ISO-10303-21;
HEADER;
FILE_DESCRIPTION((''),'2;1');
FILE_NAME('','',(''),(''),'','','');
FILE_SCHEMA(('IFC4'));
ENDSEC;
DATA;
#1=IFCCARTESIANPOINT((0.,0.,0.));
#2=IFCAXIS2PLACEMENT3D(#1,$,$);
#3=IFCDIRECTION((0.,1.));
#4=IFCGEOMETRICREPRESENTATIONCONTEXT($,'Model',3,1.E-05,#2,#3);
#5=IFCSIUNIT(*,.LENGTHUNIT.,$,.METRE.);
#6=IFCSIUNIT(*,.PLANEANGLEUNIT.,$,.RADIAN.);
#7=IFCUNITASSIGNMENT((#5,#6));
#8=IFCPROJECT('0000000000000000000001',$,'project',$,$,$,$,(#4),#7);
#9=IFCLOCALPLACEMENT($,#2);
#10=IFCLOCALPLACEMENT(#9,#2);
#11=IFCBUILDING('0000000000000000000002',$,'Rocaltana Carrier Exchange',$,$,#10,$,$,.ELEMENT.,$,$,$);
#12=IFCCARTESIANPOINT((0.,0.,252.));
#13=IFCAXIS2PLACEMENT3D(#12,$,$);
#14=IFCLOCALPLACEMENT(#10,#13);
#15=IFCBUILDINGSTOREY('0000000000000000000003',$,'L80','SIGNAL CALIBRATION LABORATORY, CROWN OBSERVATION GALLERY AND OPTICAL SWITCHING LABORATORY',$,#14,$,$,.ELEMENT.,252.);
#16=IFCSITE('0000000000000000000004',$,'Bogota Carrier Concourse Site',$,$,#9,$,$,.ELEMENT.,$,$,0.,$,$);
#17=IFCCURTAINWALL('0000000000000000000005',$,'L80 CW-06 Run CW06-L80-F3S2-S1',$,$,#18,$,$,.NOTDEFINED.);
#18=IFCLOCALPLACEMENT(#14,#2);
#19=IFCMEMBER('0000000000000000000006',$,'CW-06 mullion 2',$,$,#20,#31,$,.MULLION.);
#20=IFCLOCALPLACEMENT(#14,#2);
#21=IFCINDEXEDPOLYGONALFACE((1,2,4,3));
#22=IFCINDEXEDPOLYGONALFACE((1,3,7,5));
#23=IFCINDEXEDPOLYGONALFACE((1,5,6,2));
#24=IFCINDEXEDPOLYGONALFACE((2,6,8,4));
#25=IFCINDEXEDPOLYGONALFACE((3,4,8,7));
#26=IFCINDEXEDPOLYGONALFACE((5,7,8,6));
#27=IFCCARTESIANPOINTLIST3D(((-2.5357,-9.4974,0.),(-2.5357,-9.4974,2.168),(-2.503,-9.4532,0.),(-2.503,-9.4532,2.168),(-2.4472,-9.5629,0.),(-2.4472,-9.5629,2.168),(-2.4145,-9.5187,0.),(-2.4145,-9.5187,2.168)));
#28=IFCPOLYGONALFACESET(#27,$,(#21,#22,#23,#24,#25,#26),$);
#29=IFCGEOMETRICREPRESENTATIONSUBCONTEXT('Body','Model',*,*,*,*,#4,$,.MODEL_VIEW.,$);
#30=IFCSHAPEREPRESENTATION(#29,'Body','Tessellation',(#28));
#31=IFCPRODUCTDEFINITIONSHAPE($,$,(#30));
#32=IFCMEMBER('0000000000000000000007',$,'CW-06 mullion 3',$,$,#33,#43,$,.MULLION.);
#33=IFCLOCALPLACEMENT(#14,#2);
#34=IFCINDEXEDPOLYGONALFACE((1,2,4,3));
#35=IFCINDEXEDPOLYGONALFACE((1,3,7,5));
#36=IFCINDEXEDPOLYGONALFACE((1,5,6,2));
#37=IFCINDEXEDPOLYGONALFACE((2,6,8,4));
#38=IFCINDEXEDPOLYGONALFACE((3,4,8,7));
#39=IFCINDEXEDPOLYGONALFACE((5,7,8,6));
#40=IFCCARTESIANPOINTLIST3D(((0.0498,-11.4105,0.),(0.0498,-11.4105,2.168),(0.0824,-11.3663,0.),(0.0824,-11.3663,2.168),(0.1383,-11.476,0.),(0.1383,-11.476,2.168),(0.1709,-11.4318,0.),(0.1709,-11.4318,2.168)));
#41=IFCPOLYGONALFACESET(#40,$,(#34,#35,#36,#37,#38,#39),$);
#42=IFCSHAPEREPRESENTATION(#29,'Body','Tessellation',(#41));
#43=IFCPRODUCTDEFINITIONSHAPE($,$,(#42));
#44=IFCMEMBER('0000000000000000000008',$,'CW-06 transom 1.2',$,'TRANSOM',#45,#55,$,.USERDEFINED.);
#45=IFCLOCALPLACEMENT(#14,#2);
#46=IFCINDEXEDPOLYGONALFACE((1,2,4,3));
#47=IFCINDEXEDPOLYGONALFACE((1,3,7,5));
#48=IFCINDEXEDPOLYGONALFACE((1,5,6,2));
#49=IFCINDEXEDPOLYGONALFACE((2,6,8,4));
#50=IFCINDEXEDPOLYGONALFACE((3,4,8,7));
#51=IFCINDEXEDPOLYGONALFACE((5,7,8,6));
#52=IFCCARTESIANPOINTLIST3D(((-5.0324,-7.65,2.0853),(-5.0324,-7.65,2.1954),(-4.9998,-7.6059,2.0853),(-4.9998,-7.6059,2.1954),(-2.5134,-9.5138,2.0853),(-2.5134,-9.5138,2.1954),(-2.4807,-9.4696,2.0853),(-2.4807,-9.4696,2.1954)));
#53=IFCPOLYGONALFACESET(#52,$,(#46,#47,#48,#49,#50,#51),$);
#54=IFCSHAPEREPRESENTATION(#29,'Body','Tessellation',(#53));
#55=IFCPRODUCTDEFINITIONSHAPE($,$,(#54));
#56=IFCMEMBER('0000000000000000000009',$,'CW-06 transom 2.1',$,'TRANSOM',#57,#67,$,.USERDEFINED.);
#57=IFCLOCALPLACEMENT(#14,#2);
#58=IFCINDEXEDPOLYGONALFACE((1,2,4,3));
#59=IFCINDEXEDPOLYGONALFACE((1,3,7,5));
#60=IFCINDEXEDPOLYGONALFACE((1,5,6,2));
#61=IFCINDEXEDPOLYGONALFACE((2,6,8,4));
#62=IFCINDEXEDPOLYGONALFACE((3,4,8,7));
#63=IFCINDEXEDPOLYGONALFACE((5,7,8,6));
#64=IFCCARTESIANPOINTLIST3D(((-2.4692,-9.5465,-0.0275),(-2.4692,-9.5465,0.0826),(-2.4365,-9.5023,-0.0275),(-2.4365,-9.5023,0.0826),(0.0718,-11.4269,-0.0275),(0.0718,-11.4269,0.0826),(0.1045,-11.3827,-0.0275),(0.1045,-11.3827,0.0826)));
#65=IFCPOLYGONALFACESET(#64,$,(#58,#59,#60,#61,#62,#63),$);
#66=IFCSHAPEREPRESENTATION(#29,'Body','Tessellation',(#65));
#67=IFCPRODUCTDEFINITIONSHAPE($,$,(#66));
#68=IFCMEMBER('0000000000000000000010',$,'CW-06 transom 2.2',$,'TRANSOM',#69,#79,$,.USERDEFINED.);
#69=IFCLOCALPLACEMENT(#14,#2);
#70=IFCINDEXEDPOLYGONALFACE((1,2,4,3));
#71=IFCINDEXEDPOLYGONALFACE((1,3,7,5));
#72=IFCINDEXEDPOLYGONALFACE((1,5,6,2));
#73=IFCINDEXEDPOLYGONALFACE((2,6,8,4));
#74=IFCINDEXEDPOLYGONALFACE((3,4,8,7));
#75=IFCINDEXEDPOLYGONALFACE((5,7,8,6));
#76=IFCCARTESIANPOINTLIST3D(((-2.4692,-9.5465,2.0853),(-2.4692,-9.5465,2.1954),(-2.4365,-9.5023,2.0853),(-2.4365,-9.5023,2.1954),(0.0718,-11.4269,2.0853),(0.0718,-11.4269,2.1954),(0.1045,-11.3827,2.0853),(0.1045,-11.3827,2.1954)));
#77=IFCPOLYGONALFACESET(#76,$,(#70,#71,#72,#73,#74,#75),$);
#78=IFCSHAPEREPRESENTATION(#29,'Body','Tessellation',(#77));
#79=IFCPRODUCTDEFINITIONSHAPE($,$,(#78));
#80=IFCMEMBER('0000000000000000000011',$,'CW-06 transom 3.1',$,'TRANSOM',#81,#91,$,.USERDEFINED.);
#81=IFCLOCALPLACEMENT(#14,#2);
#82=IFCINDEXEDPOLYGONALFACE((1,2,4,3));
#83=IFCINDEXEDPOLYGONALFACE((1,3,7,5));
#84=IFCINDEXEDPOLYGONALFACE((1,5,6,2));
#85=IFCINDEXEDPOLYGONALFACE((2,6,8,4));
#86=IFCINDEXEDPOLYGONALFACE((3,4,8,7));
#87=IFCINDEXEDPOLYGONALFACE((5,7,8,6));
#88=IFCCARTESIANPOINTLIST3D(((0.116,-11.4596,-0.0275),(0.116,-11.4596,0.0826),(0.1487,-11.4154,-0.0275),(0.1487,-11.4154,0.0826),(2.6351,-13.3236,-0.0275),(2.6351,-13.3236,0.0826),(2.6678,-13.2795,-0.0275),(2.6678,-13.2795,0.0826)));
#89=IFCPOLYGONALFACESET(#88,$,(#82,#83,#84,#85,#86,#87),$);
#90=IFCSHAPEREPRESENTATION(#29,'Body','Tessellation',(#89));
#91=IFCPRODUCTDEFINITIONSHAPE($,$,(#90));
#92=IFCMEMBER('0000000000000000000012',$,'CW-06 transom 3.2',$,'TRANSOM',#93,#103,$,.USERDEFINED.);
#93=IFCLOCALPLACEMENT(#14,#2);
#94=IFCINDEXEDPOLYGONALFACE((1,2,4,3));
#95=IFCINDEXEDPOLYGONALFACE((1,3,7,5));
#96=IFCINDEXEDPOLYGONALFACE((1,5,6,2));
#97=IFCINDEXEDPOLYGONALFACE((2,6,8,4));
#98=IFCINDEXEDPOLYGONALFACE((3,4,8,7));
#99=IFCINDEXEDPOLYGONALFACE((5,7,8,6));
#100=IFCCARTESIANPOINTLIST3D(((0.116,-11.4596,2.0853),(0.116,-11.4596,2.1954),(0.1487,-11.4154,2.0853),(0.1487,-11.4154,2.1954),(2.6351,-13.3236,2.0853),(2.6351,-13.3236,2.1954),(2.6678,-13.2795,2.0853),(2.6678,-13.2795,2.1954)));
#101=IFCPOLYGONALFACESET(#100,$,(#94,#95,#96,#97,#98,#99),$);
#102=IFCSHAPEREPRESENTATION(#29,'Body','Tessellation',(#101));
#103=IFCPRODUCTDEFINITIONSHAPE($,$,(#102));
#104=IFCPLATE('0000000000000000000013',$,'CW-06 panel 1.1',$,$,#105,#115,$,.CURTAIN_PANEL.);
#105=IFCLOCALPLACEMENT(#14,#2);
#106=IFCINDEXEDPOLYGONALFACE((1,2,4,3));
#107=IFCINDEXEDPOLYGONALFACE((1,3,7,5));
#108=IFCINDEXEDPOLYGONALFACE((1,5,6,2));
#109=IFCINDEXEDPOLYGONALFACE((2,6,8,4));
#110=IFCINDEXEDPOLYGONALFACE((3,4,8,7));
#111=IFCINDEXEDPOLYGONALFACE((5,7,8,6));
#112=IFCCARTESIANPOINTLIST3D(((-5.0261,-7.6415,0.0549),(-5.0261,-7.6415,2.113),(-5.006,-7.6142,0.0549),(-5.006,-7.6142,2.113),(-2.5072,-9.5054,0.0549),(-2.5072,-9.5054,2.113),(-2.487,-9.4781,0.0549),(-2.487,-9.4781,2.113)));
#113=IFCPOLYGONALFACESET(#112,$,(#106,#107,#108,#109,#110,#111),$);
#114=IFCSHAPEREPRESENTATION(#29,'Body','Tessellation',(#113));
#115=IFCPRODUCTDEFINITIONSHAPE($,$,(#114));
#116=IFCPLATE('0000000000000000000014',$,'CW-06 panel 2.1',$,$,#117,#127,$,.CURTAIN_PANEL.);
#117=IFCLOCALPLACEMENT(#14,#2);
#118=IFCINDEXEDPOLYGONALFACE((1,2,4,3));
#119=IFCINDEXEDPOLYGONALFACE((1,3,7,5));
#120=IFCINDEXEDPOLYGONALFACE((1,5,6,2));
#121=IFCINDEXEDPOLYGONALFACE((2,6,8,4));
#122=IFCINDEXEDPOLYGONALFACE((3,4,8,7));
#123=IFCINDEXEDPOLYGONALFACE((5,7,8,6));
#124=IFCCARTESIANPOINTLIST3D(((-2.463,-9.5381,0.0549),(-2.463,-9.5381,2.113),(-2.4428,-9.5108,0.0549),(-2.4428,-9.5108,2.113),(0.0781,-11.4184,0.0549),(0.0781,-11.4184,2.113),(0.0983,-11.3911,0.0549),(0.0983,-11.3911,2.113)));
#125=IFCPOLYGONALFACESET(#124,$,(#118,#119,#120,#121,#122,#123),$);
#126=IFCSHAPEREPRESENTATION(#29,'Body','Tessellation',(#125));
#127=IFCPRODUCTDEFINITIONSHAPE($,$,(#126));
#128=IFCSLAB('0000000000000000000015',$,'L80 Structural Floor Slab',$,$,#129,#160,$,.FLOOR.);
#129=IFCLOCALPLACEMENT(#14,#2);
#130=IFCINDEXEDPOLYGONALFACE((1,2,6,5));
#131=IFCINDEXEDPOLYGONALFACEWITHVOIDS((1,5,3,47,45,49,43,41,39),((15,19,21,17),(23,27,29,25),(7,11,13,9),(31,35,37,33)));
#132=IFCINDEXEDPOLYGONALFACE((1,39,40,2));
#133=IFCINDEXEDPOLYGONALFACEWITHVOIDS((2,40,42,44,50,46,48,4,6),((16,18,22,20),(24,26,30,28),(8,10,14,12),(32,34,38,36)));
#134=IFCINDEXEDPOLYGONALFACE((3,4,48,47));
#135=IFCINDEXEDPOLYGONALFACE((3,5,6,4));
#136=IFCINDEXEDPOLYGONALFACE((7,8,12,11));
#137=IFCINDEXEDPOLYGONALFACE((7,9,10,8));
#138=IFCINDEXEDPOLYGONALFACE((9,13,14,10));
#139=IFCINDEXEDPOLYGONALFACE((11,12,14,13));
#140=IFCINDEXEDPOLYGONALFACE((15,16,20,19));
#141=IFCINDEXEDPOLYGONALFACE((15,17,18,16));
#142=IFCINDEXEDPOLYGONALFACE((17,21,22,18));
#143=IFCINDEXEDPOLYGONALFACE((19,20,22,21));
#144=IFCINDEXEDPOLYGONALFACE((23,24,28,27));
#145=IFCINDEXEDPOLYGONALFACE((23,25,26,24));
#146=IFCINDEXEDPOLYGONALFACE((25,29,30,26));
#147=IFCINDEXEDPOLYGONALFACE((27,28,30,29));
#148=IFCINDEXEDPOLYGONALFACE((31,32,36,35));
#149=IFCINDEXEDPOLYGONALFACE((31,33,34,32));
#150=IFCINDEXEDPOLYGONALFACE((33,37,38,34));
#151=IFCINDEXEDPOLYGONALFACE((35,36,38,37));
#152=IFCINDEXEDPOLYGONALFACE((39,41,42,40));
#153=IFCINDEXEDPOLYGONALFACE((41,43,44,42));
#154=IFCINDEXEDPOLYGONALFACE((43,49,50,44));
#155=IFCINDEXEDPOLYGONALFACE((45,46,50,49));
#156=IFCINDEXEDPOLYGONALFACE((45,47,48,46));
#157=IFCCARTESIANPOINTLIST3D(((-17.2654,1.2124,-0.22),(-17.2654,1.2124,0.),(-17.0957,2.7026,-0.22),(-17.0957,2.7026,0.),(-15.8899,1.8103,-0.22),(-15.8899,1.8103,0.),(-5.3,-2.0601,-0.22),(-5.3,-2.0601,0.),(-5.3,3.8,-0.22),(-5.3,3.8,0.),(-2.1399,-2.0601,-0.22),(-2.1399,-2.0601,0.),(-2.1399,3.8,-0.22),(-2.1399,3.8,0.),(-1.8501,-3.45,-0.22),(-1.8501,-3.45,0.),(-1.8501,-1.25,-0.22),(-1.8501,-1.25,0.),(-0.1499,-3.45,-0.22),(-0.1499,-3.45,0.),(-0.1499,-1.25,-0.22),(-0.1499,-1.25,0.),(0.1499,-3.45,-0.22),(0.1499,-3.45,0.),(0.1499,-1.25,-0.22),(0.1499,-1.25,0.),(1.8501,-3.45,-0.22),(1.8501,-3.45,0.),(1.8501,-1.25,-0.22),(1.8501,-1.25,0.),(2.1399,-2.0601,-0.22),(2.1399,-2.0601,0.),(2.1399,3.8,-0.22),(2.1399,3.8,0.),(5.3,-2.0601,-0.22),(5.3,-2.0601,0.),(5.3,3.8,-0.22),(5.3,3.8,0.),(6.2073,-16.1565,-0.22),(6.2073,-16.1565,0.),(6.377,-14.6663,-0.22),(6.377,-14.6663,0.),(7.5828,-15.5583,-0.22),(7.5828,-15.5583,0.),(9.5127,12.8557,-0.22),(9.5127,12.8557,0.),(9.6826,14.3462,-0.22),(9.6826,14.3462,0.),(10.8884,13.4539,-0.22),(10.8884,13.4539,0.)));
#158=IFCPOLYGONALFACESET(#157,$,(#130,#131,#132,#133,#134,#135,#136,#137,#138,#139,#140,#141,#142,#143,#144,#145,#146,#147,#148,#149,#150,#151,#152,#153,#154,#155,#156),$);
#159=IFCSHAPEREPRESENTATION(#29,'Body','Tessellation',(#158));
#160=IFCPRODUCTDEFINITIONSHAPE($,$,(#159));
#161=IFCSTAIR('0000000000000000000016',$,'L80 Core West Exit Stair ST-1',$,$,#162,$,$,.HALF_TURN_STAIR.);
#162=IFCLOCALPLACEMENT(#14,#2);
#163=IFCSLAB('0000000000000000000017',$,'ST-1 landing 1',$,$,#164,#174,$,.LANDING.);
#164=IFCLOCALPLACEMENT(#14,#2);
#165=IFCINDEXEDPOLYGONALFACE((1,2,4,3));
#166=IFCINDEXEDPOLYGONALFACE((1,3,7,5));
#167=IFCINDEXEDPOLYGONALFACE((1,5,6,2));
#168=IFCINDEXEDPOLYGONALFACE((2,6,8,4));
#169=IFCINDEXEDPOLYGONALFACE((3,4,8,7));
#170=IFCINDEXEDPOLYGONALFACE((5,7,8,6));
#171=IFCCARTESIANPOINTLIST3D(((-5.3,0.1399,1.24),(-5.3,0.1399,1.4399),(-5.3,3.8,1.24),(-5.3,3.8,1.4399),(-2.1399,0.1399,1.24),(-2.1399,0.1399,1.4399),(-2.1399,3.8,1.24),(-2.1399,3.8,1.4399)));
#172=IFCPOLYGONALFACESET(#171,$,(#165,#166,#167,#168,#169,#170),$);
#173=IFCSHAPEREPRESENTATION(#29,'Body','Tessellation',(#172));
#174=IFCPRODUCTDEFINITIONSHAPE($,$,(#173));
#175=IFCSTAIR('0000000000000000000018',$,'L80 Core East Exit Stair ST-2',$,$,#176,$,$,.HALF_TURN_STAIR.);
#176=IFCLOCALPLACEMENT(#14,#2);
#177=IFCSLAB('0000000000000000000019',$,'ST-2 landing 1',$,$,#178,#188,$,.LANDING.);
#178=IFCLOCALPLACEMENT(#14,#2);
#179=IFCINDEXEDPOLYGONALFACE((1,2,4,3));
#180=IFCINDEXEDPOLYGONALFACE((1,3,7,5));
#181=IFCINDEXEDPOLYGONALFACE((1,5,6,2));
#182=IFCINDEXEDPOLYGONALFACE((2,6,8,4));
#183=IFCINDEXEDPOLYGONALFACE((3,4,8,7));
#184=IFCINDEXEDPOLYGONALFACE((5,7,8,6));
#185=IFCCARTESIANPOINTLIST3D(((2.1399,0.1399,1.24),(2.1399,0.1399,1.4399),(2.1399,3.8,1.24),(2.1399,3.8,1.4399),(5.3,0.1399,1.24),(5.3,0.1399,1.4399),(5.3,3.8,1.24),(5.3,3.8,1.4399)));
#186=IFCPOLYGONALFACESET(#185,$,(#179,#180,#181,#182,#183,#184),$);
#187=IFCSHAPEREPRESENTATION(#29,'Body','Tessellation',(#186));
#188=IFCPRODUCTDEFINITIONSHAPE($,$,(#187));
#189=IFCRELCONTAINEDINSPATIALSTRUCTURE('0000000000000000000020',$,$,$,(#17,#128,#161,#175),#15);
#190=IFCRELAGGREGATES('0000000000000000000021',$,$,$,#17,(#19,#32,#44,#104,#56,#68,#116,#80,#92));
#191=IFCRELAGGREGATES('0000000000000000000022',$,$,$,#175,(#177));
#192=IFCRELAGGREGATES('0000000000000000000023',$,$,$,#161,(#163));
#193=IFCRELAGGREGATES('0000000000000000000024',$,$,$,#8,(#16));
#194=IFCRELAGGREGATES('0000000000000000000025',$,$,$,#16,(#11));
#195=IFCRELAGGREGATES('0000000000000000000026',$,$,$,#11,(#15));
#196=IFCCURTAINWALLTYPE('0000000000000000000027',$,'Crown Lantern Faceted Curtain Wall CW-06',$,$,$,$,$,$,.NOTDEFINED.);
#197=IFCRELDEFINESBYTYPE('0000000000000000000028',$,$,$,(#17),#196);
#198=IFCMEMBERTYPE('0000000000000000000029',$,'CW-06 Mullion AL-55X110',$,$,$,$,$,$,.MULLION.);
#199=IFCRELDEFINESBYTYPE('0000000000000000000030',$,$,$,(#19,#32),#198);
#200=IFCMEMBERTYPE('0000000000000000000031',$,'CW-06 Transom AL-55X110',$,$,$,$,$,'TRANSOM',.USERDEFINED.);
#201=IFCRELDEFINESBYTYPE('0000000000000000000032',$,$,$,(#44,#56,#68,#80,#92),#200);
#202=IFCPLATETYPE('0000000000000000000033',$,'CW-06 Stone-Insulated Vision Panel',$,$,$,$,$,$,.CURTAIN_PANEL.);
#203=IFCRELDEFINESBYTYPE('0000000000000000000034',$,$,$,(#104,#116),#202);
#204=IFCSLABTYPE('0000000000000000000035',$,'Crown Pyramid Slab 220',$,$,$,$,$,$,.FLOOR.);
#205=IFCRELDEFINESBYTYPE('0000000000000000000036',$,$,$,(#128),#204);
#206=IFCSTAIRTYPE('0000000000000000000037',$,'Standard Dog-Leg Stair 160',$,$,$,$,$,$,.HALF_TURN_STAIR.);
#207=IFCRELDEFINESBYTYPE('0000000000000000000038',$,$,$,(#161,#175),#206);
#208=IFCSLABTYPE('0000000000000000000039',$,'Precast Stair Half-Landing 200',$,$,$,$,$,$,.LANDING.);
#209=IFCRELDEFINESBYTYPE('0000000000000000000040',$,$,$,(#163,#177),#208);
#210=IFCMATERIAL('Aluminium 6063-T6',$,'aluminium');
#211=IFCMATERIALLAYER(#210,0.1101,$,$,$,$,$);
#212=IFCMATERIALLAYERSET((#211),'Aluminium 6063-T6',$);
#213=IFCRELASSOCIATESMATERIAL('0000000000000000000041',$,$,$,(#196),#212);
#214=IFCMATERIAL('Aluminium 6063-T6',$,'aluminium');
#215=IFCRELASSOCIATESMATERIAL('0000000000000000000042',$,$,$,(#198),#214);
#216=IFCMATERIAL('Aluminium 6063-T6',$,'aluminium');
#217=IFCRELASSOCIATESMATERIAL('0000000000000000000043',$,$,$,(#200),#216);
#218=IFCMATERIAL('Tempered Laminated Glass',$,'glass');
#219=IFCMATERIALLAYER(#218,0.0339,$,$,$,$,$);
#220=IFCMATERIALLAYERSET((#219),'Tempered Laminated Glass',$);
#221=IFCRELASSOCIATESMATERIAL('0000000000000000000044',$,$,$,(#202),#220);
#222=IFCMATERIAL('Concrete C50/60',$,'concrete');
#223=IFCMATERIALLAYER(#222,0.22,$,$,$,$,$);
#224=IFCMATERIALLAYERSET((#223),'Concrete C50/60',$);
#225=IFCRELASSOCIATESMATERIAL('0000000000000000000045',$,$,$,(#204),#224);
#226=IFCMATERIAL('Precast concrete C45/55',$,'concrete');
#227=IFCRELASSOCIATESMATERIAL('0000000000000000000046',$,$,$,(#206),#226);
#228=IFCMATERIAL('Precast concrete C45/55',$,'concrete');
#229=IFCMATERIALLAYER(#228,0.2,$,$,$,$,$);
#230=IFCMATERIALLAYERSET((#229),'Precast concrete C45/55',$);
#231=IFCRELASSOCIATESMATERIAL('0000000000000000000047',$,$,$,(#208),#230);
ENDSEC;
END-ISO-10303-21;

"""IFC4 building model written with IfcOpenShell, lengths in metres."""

from ifc_helpers import new_model, si_unit, direction, frame, origin, origin_2d, place, context, subcontext, project, spatial, polyline, rectangle, outline, extrude, material, layer, layer_set, material_profile, profile_set, type_object, element, aggregate, save


model = new_model("IFC4")

# Units and contexts
model_context = context("Model", 3, precision=1e-05, world=origin(), true_north=direction((0.0, 1.0)))
body_context = subcontext(model_context, "Body", "Model", "MODEL_VIEW")
ifc_project = project(units=[si_unit("LENGTHUNIT", "METRE"), si_unit("PLANEANGLEUNIT", "RADIAN")], contexts=[model_context])

# Site, building, storey
site_placement = place(None, origin())
site = spatial("IfcSite", under=ifc_project, at=site_placement, Name="Bogota Carrier Concourse Site", CompositionType="ELEMENT", RefElevation=0.0)
building_placement = place(site_placement, origin())
building = spatial("IfcBuilding", under=site, at=building_placement, Name="Rocaltana Carrier Exchange", CompositionType="ELEMENT")
storey_placement = place(building_placement, frame((0.0, 0.0, 252.0)))
storey = spatial("IfcBuildingStorey", under=building, at=storey_placement, Name="L80", Description="SIGNAL CALIBRATION LABORATORY, CROWN OBSERVATION GALLERY AND OPTICAL SWITCHING LABORATORY", CompositionType="ELEMENT", Elevation=252.0)

# Curtain wall, members, plates
ifc_material_1 = material(Name="Aluminium 6063-T6", Category="aluminium")
ifc_layer_1 = layer(ifc_material_1, 0.1101)
ifc_layer_set_1 = layer_set([ifc_layer_1], Name="Aluminium 6063-T6")
curtain_wall_type = type_object("IfcCurtainWallType", Name="Crown Lantern Faceted Curtain Wall CW-06", PredefinedType="NOTDEFINED", material=ifc_layer_set_1)
curtain_wall_placement = place(storey_placement, origin())
curtain_wall = element("IfcCurtainWall", 1, at=curtain_wall_placement, inside=storey, type_object=curtain_wall_type, Name="L80 CW-06 Run CW06-L80-F3S2-S1", PredefinedType="NOTDEFINED")
ifc_material_2 = material(Name="Aluminium 6063-T6", Category="aluminium")
ifc_material_profile_1 = material_profile(ifc_material_2, rectangle(XDim=0.0549, YDim=0.1101, at=origin_2d()), Name="AL-55X110")
ifc_profile_set_1 = profile_set([ifc_material_profile_1], Name="Aluminium 6063-T6")
member_type_1 = type_object("IfcMemberType", Name="CW-06 Mullion AL-55X110", PredefinedType="MULLION", material=ifc_profile_set_1)
member_1_placement = place(storey_placement, frame((-2.4751, -9.5081, 0.0), z_axis=(0.0, 0.0, 1.0), x_axis=(0.594825, 0.803855, 0.0)))
member_1 = element("IfcMember", 2, at=member_1_placement, type_object=member_type_1, Name="CW-06 mullion 2", PredefinedType="MULLION", context=body_context, shape_type="SweptSolid", body=[
    extrude(rectangle(XDim=0.0549, YDim=0.1101, at=origin_2d()), origin(), (0.0, 0.0, 1.0), 2.168),
])
member_2_placement = place(storey_placement, frame((0.1104, -11.4211, 0.0), z_axis=(0.0, 0.0, 1.0), x_axis=(0.594825, 0.803855, 0.0)))
member_2 = element("IfcMember", 3, at=member_2_placement, type_object=member_type_1, Name="CW-06 mullion 3", PredefinedType="MULLION", context=body_context, shape_type="SweptSolid", body=[
    extrude(rectangle(XDim=0.0549, YDim=0.1101, at=origin_2d()), origin(), (0.0, 0.0, 1.0), 2.168),
])
ifc_material_3 = material(Name="Aluminium 6063-T6", Category="aluminium")
ifc_material_profile_2 = material_profile(ifc_material_3, rectangle(XDim=0.0549, YDim=0.1101, at=origin_2d()), Name="AL-55X110")
ifc_profile_set_2 = profile_set([ifc_material_profile_2], Name="Aluminium 6063-T6")
member_type_2 = type_object("IfcMemberType", Name="CW-06 Transom AL-55X110", ElementType="TRANSOM", PredefinedType="USERDEFINED", material=ifc_profile_set_2)
member_3_placement = place(storey_placement, frame((-5.0161, -7.6279, 2.1404), z_axis=(0.803891, -0.594777, 0.0), x_axis=(0.594777, 0.803891, 0.0)))
member_3 = element("IfcMember", 4, at=member_3_placement, type_object=member_type_2, Name="CW-06 transom 1.2", ObjectType="TRANSOM", PredefinedType="USERDEFINED", context=body_context, shape_type="SweptSolid", body=[
    extrude(rectangle(XDim=0.0549, YDim=0.1101, at=origin_2d()), origin(), (0.0, 0.0, 1.0), 3.1335),
])
member_4_placement = place(storey_placement, frame((-2.4529, -9.5244, 0.0276), z_axis=(0.803839, -0.594847, 0.0), x_axis=(0.594847, 0.803839, 0.0)))
member_4 = element("IfcMember", 5, at=member_4_placement, type_object=member_type_2, Name="CW-06 transom 2.1", ObjectType="TRANSOM", PredefinedType="USERDEFINED", context=body_context, shape_type="SweptSolid", body=[
    extrude(rectangle(XDim=0.0549, YDim=0.1101, at=origin_2d()), origin(), (0.0, 0.0, 1.0), 3.1611),
])
member_5_placement = place(storey_placement, frame((-2.4529, -9.5244, 2.1404), z_axis=(0.803839, -0.594847, 0.0), x_axis=(0.594847, 0.803839, 0.0)))
member_5 = element("IfcMember", 6, at=member_5_placement, type_object=member_type_2, Name="CW-06 transom 2.2", ObjectType="TRANSOM", PredefinedType="USERDEFINED", context=body_context, shape_type="SweptSolid", body=[
    extrude(rectangle(XDim=0.0549, YDim=0.1101, at=origin_2d()), origin(), (0.0, 0.0, 1.0), 3.1611),
])
member_6_placement = place(storey_placement, frame((0.1323, -11.4375, 0.0276), z_axis=(0.803854, -0.594827, 0.0), x_axis=(0.594827, 0.803854, 0.0)))
member_6 = element("IfcMember", 7, at=member_6_placement, type_object=member_type_2, Name="CW-06 transom 3.1", ObjectType="TRANSOM", PredefinedType="USERDEFINED", context=body_context, shape_type="SweptSolid", body=[
    extrude(rectangle(XDim=0.0549, YDim=0.1101, at=origin_2d()), origin(), (0.0, 0.0, 1.0), 3.1338),
])
member_7_placement = place(storey_placement, frame((0.1323, -11.4375, 2.1404), z_axis=(0.803854, -0.594827, 0.0), x_axis=(0.594827, 0.803854, 0.0)))
member_7 = element("IfcMember", 8, at=member_7_placement, type_object=member_type_2, Name="CW-06 transom 3.2", ObjectType="TRANSOM", PredefinedType="USERDEFINED", context=body_context, shape_type="SweptSolid", body=[
    extrude(rectangle(XDim=0.0549, YDim=0.1101, at=origin_2d()), origin(), (0.0, 0.0, 1.0), 3.1338),
])
ifc_material_4 = material(Name="Tempered Laminated Glass", Category="glass")
ifc_layer_2 = layer(ifc_material_4, 0.0339)
ifc_layer_set_2 = layer_set([ifc_layer_2], Name="Tempered Laminated Glass")
plate_type = type_object("IfcPlateType", Name="CW-06 Stone-Insulated Vision Panel", PredefinedType="CURTAIN_PANEL", material=ifc_layer_set_2)
plate_1_placement = place(storey_placement, frame((-3.7566, -8.5598, 0.0549), z_axis=(0.0, 0.0, 1.0), x_axis=(0.803855, -0.594825, 0.0)))
plate_1 = element("IfcPlate", 9, at=plate_1_placement, type_object=plate_type, Name="CW-06 panel 1.1", PredefinedType="CURTAIN_PANEL", context=body_context, shape_type="SweptSolid", body=[
    extrude(rectangle(XDim=3.1335, YDim=0.0339, at=origin_2d()), origin(), (0.0, 0.0, 1.0), 2.0581),
])
plate_2_placement = place(storey_placement, frame((-1.1824, -10.4646, 0.0549), z_axis=(0.0, 0.0, 1.0), x_axis=(0.803855, -0.594825, 0.0)))
plate_2 = element("IfcPlate", 10, at=plate_2_placement, type_object=plate_type, Name="CW-06 panel 2.1", PredefinedType="CURTAIN_PANEL", context=body_context, shape_type="SweptSolid", body=[
    extrude(rectangle(XDim=3.1611, YDim=0.0339, at=origin_2d()), origin(), (0.0, 0.0, 1.0), 2.0581),
])
aggregate(curtain_wall, [member_1, member_2, member_3, plate_1, member_4, member_5, plate_2, member_6, member_7])

# Slab
ifc_material_5 = material(Name="Concrete C50/60", Category="concrete")
ifc_layer_3 = layer(ifc_material_5, 0.22)
ifc_layer_set_3 = layer_set([ifc_layer_3], Name="Concrete C50/60")
slab_type_1 = type_object("IfcSlabType", Name="Crown Pyramid Slab 220", PredefinedType="FLOOR", material=ifc_layer_set_3)
slab_1_placement = place(storey_placement, frame((0.0, 0.0, -0.22)))
element("IfcSlab", 11, at=slab_1_placement, inside=storey, type_object=slab_type_1, Name="L80 Structural Floor Slab", PredefinedType="FLOOR", context=body_context, shape_type="SweptSolid", body=[
    extrude(outline(polyline([(6.2073, -16.1565), (6.377, -14.6663), (7.5828, -15.5583), (10.8884, 13.4539), (9.5127, 12.8557), (9.6826, 14.3462), (-17.0957, 2.7026), (-15.8899, 1.8103), (-17.2654, 1.2124), (6.2073, -16.1565)]), holes=[polyline([(-5.3, -2.0601), (-2.1399, -2.0601), (-2.1399, 3.8), (-5.3, 3.8), (-5.3, -2.0601)]), polyline([(2.1399, -2.0601), (5.3, -2.0601), (5.3, 3.8), (2.1399, 3.8), (2.1399, -2.0601)]), polyline([(-1.8501, -3.45), (-0.1499, -3.45), (-0.1499, -1.25), (-1.8501, -1.25), (-1.8501, -3.45)]), polyline([(0.1499, -3.45), (1.8501, -3.45), (1.8501, -1.25), (0.1499, -1.25), (0.1499, -3.45)])]), origin(), (0.0, 0.0, 1.0), 0.22),
])

# Stairs, slabs
ifc_material_6 = material(Name="Precast concrete C45/55", Category="concrete")
stair_type = type_object("IfcStairType", Name="Standard Dog-Leg Stair 160", PredefinedType="HALF_TURN_STAIR", material=ifc_material_6)
stair_1_placement = place(storey_placement, origin())
stair_1 = element("IfcStair", 12, at=stair_1_placement, inside=storey, type_object=stair_type, Name="L80 Core West Exit Stair ST-1", PredefinedType="HALF_TURN_STAIR")
ifc_material_7 = material(Name="Precast concrete C45/55", Category="concrete")
ifc_layer_4 = layer(ifc_material_7, 0.2)
ifc_layer_set_4 = layer_set([ifc_layer_4], Name="Precast concrete C45/55")
slab_type_2 = type_object("IfcSlabType", Name="Precast Stair Half-Landing 200", PredefinedType="LANDING", material=ifc_layer_set_4)
slab_2_placement = place(storey_placement, frame((0.0, 0.0, 1.24)))
slab_2 = element("IfcSlab", 13, at=slab_2_placement, type_object=slab_type_2, Name="ST-1 landing 1", PredefinedType="LANDING", context=body_context, shape_type="SweptSolid", body=[
    extrude(outline(polyline([(-2.1399, 0.1399), (-2.1399, 3.8), (-5.3, 3.8), (-5.3, 0.1399), (-2.1399, 0.1399)])), origin(), (0.0, 0.0, 1.0), 0.2),
])
stair_2_placement = place(storey_placement, origin())
stair_2 = element("IfcStair", 14, at=stair_2_placement, inside=storey, type_object=stair_type, Name="L80 Core East Exit Stair ST-2", PredefinedType="HALF_TURN_STAIR")
slab_3_placement = place(storey_placement, frame((0.0, 0.0, 1.24)))
slab_3 = element("IfcSlab", 15, at=slab_3_placement, type_object=slab_type_2, Name="ST-2 landing 1", PredefinedType="LANDING", context=body_context, shape_type="SweptSolid", body=[
    extrude(outline(polyline([(5.3, 0.1399), (5.3, 3.8), (2.1399, 3.8), (2.1399, 0.1399), (5.3, 0.1399)])), origin(), (0.0, 0.0, 1.0), 0.2),
])
aggregate(stair_2, [slab_3])

aggregate(stair_1, [slab_2])

save(model, "model.ifc")
